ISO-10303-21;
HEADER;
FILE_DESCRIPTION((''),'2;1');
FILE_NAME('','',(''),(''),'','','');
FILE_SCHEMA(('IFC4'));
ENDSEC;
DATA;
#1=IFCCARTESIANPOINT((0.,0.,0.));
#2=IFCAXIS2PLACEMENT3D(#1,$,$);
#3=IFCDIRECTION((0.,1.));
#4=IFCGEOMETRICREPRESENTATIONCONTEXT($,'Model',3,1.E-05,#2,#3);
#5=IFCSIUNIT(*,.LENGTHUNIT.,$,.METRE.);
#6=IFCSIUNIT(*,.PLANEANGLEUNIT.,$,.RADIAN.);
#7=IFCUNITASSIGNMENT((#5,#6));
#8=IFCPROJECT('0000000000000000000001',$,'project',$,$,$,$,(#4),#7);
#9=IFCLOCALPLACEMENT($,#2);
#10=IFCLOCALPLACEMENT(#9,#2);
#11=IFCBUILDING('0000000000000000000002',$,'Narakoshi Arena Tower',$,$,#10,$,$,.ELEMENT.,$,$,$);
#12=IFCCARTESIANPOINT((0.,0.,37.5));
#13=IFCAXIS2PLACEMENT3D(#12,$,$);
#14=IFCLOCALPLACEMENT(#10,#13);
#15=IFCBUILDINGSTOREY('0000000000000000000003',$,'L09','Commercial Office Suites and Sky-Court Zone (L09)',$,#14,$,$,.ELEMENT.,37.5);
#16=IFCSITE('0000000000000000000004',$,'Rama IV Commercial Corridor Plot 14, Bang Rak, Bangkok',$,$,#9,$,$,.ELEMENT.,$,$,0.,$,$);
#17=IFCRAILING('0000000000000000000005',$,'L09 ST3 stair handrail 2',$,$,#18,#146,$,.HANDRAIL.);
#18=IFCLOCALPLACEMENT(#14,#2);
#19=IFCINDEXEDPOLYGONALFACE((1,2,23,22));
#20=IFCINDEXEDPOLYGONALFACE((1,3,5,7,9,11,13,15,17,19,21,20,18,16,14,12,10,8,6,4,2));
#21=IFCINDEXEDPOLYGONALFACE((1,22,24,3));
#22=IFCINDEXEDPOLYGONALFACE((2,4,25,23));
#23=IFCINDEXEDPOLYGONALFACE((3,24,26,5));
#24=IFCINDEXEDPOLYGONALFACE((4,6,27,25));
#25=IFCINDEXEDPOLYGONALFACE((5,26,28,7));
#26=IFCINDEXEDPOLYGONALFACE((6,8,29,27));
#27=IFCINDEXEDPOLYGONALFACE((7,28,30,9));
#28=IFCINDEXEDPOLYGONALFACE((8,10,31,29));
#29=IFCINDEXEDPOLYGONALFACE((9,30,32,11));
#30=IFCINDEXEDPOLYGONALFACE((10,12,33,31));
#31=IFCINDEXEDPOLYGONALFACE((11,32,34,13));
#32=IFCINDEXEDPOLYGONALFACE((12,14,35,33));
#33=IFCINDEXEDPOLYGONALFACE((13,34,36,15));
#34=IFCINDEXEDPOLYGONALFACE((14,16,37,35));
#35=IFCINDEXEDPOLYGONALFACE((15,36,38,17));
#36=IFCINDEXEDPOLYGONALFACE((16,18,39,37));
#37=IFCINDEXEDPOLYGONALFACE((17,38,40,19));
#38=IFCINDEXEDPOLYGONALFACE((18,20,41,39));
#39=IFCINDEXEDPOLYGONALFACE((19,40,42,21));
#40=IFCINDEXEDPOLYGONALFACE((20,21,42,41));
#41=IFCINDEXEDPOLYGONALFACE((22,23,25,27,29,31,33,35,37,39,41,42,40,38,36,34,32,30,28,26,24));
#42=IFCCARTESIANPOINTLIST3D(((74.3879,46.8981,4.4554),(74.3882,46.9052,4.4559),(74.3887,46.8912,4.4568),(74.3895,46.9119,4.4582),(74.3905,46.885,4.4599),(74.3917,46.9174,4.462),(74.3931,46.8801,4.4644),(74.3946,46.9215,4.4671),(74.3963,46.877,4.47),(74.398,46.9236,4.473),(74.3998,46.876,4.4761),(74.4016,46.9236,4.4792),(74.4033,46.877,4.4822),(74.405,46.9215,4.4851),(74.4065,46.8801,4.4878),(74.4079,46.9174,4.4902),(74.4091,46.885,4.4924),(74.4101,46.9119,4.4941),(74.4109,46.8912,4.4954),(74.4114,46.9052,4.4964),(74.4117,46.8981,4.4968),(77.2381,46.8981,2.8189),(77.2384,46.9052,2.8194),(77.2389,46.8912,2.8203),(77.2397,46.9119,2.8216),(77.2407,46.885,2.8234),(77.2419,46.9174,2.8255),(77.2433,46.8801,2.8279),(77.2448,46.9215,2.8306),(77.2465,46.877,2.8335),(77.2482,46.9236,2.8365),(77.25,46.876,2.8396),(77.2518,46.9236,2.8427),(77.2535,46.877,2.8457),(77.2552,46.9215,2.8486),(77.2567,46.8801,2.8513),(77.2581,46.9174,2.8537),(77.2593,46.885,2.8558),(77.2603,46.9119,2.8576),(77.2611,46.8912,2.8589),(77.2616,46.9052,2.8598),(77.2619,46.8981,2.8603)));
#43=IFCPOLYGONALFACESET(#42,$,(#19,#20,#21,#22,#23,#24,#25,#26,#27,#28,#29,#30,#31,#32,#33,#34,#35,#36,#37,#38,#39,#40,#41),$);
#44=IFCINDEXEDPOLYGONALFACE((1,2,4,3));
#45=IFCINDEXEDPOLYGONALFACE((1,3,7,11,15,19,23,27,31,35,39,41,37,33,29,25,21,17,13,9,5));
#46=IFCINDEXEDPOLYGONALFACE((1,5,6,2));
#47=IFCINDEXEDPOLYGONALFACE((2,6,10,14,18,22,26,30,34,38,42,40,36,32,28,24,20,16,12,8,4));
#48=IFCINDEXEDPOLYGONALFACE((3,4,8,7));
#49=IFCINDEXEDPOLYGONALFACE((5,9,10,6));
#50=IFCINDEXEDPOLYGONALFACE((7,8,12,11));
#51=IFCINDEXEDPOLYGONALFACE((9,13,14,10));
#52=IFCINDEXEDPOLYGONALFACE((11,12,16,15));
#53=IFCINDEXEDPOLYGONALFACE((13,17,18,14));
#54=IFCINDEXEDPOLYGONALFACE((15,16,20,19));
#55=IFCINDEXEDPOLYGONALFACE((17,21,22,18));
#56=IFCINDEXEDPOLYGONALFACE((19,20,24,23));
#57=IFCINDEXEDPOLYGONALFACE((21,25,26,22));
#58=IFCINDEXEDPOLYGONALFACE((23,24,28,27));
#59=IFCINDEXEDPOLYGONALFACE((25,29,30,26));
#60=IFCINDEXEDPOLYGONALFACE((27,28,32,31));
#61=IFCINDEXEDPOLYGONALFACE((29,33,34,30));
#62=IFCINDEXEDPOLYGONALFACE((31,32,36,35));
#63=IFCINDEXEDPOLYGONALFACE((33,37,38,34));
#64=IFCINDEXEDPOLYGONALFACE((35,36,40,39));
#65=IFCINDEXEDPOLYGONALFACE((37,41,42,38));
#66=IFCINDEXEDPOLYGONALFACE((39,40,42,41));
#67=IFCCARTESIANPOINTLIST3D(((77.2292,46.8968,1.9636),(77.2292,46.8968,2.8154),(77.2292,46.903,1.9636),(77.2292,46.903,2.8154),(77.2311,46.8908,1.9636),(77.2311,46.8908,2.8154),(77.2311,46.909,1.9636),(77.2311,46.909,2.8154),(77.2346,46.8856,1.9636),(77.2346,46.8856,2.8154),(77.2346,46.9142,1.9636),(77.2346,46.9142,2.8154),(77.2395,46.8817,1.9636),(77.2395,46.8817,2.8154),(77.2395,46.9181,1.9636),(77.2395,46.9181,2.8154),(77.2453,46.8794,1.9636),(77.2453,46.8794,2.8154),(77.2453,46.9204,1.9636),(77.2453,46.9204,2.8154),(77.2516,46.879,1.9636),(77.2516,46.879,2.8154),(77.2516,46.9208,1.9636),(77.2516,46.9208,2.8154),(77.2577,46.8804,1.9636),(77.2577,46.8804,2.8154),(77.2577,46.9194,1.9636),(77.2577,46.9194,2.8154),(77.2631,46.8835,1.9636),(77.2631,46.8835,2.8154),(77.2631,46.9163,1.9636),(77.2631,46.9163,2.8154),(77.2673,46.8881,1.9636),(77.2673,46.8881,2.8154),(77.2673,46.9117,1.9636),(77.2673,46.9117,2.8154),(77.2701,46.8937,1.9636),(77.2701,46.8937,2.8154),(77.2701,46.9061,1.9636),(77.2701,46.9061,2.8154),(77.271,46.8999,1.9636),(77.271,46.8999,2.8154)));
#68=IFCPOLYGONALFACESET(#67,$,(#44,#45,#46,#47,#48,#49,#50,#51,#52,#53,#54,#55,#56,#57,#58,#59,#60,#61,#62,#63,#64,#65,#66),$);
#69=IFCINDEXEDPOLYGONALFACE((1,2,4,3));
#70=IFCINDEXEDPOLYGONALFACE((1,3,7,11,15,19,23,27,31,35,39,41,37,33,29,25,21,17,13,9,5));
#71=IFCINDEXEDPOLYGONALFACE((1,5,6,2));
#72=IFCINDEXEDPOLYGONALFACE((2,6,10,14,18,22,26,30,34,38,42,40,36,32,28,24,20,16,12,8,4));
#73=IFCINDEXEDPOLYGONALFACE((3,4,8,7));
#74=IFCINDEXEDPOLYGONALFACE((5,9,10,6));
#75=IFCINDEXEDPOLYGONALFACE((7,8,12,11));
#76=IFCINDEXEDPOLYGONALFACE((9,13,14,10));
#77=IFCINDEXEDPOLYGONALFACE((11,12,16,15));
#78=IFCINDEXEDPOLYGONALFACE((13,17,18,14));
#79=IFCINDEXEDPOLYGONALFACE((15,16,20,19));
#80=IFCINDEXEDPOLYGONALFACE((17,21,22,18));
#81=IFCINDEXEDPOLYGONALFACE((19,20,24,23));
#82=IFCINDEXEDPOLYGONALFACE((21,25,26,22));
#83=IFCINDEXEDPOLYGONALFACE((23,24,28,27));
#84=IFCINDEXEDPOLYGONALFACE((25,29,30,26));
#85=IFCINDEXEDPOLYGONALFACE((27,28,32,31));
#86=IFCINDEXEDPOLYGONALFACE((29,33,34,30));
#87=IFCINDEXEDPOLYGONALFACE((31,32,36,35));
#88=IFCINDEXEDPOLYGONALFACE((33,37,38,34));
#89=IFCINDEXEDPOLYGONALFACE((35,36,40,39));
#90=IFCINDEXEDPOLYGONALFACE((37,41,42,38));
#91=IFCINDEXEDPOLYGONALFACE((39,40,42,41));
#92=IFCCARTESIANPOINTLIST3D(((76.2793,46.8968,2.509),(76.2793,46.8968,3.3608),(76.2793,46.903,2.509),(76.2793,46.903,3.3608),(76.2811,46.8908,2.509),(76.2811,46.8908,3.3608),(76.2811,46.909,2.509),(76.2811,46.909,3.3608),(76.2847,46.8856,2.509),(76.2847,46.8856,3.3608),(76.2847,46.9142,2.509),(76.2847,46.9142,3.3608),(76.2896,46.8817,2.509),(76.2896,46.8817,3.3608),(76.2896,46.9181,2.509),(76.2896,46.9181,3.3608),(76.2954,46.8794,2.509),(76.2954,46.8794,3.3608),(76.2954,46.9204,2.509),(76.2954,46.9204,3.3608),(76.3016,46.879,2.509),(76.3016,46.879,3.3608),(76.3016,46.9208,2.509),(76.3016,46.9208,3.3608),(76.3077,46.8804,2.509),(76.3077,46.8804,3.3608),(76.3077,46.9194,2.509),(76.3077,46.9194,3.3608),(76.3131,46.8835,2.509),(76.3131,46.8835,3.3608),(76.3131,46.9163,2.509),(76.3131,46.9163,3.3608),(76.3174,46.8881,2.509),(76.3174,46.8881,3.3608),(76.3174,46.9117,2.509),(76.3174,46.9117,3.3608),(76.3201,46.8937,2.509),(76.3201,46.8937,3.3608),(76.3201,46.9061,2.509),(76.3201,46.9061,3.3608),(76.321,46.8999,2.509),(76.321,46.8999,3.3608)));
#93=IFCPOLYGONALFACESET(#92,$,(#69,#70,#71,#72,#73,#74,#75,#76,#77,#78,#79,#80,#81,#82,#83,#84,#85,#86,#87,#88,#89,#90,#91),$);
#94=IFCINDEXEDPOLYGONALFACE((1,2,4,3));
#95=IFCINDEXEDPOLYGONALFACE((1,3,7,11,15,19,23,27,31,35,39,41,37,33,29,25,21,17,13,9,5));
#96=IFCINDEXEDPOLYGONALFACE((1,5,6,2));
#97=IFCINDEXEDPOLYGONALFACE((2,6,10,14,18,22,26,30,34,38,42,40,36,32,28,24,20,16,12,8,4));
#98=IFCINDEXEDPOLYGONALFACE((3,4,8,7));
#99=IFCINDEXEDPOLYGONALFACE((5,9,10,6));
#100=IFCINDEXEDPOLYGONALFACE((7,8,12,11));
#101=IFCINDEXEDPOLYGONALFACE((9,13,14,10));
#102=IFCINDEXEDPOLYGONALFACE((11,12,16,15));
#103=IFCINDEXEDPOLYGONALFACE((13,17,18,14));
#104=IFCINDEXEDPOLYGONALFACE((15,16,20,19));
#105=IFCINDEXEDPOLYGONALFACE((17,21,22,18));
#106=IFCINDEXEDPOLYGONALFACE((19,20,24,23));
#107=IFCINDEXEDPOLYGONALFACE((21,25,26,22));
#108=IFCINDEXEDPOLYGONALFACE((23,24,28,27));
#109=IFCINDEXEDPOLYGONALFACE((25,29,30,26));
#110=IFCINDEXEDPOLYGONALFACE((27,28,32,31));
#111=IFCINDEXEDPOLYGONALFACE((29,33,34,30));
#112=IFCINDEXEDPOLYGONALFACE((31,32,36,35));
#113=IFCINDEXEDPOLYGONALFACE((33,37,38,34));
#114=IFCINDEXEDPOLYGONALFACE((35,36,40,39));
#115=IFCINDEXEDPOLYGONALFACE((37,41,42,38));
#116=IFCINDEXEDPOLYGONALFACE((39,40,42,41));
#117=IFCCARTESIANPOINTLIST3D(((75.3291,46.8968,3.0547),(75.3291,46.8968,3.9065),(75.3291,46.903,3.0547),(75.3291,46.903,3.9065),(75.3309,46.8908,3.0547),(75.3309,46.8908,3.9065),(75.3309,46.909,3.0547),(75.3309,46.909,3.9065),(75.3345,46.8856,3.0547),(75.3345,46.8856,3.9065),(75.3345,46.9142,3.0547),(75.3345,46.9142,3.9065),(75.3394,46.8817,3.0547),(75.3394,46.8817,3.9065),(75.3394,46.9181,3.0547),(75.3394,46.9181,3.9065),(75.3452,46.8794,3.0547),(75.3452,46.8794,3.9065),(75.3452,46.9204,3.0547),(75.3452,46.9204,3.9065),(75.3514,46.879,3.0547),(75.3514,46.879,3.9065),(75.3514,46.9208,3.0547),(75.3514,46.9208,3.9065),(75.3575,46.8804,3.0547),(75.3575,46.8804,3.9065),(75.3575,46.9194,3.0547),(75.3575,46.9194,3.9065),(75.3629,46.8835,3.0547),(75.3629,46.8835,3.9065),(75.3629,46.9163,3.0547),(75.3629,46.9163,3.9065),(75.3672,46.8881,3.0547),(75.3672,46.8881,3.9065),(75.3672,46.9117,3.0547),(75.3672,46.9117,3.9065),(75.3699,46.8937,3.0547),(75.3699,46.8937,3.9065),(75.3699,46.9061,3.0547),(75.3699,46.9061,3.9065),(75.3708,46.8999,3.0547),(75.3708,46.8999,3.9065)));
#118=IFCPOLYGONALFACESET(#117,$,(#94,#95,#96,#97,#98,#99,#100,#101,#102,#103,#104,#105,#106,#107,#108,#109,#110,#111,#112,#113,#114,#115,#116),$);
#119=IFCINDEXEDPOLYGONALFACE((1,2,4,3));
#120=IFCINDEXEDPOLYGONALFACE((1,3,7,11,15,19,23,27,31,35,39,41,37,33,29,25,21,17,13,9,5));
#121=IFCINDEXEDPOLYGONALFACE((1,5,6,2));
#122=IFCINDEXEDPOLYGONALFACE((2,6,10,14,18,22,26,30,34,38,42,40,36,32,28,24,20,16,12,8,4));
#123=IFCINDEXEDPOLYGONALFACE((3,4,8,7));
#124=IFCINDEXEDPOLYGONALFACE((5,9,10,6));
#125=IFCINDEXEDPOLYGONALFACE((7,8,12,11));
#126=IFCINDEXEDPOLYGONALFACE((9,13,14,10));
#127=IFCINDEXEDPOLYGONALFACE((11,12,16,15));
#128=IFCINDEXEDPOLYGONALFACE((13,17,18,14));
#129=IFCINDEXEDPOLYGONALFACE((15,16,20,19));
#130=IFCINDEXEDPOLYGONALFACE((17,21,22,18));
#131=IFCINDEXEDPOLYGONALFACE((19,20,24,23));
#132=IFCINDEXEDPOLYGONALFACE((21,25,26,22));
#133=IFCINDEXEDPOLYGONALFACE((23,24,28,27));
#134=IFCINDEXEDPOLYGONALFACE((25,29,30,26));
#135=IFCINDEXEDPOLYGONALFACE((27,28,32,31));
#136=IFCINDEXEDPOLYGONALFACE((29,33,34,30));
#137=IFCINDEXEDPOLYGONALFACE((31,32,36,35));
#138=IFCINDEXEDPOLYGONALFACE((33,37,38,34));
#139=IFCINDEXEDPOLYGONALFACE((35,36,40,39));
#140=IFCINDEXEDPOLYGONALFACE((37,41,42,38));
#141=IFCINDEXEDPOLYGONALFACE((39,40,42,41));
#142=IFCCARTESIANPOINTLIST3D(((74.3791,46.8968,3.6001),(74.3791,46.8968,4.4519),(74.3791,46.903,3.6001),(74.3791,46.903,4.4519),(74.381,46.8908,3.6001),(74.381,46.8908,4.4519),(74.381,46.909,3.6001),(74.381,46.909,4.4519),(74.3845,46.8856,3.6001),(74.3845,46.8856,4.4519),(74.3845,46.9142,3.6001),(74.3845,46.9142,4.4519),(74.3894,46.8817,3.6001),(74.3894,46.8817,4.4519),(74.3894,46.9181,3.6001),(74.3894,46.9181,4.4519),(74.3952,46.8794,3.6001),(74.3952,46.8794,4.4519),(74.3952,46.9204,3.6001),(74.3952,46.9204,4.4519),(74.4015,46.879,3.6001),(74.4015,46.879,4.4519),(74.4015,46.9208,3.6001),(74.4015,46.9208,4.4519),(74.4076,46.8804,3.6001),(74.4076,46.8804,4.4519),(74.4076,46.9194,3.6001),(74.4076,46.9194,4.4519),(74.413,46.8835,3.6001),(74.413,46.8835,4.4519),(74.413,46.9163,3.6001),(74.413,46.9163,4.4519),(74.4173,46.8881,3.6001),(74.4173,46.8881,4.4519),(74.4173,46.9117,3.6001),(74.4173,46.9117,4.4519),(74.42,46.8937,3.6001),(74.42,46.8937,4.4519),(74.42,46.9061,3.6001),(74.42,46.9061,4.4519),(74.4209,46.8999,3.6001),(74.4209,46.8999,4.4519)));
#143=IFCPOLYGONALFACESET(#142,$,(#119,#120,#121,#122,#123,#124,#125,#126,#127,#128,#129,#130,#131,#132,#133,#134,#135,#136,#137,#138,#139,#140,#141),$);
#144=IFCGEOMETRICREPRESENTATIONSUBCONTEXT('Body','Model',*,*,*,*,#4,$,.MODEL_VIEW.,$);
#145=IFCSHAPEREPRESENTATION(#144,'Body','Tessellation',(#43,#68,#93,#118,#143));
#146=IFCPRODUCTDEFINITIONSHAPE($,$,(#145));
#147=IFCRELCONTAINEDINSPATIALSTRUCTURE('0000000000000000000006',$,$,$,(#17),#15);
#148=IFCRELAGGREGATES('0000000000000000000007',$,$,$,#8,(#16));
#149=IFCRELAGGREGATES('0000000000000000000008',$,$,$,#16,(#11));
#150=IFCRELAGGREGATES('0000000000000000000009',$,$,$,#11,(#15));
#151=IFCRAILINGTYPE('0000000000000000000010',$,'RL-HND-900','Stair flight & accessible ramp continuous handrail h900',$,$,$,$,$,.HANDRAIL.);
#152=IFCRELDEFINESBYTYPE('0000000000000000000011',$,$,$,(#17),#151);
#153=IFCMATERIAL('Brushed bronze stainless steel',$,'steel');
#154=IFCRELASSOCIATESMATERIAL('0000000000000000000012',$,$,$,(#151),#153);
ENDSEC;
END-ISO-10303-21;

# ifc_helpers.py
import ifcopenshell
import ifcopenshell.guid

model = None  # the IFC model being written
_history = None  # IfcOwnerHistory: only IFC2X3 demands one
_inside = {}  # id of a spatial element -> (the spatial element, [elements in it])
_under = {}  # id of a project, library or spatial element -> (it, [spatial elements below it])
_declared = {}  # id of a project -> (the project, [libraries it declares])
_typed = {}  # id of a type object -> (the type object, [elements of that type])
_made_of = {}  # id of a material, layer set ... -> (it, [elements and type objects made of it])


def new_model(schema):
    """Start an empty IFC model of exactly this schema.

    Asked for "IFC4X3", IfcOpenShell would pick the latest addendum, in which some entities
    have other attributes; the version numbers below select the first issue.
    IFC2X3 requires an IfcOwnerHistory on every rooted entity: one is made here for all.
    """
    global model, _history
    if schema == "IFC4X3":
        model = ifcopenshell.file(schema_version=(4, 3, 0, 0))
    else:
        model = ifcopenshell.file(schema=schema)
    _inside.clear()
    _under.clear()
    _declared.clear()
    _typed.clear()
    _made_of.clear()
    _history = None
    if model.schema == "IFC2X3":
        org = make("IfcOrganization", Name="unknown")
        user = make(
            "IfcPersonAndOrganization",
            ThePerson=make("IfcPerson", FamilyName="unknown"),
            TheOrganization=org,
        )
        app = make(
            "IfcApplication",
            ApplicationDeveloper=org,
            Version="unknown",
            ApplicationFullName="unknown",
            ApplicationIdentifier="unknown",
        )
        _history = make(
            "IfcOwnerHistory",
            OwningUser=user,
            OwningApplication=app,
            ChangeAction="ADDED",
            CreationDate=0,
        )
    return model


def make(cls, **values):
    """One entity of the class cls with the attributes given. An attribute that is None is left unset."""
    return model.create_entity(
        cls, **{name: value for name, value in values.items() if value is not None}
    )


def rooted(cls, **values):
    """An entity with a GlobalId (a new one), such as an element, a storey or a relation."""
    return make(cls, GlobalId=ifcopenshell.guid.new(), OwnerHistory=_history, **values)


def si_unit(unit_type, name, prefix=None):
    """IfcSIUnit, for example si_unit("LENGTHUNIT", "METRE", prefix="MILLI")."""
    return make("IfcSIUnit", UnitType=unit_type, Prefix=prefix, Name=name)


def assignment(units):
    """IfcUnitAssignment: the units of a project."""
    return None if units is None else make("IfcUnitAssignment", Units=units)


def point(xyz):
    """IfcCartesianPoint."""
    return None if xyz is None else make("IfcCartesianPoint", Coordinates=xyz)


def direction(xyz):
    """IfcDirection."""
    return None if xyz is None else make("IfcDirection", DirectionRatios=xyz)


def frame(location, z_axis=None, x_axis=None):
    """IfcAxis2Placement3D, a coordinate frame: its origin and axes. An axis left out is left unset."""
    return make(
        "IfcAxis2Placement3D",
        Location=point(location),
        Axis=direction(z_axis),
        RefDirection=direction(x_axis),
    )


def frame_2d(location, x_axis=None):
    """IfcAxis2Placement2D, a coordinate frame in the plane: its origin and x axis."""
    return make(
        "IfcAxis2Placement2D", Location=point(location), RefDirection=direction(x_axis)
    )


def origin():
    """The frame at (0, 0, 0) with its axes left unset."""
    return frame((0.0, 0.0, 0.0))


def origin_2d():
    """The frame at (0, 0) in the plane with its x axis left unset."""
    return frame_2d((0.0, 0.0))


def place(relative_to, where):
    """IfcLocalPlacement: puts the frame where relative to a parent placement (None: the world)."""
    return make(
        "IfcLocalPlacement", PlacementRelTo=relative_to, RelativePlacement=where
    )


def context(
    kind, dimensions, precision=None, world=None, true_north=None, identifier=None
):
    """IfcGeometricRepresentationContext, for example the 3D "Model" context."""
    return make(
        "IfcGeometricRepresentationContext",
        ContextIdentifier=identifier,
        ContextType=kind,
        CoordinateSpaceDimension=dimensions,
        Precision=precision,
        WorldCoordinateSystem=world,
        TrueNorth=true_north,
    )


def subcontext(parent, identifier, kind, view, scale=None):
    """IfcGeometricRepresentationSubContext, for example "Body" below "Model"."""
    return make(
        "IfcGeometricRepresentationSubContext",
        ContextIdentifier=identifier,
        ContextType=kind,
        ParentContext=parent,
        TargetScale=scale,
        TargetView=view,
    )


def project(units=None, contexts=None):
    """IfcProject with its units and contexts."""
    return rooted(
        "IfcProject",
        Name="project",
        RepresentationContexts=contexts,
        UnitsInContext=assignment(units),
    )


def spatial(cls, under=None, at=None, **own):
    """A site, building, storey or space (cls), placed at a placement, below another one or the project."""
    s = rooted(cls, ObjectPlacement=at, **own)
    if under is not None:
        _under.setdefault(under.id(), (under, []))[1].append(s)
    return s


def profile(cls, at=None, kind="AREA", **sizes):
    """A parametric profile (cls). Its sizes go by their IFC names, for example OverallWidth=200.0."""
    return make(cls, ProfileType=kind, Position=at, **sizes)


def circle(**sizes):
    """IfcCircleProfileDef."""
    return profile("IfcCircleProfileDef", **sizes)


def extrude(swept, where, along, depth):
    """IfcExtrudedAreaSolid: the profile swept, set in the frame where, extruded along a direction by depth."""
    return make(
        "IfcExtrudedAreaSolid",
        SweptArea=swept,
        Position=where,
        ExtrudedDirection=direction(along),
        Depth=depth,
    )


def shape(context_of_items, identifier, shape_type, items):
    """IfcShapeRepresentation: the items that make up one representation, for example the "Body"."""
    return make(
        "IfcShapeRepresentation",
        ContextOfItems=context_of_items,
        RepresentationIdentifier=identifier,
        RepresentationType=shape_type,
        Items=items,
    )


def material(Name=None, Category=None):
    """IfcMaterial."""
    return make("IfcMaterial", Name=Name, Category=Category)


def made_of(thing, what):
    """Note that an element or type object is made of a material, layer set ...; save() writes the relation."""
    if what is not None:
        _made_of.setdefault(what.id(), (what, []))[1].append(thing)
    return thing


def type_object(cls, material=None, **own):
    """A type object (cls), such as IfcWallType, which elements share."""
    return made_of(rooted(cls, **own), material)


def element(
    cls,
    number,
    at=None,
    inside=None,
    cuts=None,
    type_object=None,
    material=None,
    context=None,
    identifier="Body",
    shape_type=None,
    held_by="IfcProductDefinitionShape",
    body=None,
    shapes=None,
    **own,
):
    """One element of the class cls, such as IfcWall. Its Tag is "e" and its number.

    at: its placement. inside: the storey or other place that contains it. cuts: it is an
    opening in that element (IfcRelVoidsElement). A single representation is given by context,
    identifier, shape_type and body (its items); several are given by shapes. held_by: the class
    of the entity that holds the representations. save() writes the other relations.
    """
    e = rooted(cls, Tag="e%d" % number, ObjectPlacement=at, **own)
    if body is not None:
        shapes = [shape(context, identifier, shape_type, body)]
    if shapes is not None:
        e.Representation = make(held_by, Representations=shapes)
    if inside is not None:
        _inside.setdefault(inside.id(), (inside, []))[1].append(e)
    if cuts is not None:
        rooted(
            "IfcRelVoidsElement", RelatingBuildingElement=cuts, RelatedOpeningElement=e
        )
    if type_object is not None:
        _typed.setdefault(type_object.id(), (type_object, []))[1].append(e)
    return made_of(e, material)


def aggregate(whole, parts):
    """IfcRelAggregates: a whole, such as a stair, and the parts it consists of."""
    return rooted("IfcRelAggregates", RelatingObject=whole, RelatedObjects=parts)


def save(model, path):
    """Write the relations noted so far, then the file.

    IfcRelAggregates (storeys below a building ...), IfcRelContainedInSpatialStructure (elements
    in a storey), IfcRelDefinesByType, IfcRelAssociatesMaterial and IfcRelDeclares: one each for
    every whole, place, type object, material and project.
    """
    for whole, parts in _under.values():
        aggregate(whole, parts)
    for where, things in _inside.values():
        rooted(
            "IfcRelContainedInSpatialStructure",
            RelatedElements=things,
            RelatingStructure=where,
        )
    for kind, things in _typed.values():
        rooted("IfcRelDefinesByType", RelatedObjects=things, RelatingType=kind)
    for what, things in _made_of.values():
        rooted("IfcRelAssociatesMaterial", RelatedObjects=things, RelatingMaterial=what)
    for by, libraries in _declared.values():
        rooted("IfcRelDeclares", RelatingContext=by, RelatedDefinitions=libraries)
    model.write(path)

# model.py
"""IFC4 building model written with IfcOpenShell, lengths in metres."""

from ifc_helpers import new_model, si_unit, direction, frame, origin, origin_2d, place, context, subcontext, project, spatial, circle, extrude, material, type_object, element, save


model = new_model("IFC4")

# Units and contexts
model_context = context("Model", 3, precision=1e-05, world=origin(), true_north=direction((0.0, 1.0)))
body_context = subcontext(model_context, "Body", "Model", "MODEL_VIEW")
ifc_project = project(units=[si_unit("LENGTHUNIT", "METRE"), si_unit("PLANEANGLEUNIT", "RADIAN")], contexts=[model_context])

# Site, building, storey
site_placement = place(None, origin())
site = spatial("IfcSite", under=ifc_project, at=site_placement, Name="Rama IV Commercial Corridor Plot 14, Bang Rak, Bangkok", CompositionType="ELEMENT", RefElevation=0.0)
building_placement = place(site_placement, origin())
building = spatial("IfcBuilding", under=site, at=building_placement, Name="Narakoshi Arena Tower", CompositionType="ELEMENT")
storey_placement = place(building_placement, frame((0.0, 0.0, 37.5)))
storey = spatial("IfcBuildingStorey", under=building, at=storey_placement, Name="L09", Description="Commercial Office Suites and Sky-Court Zone (L09)", CompositionType="ELEMENT", Elevation=37.5)

# Shared definitions
ifc_material_1 = material(Name="Brushed bronze stainless steel", Category="steel")

# Railing
railing_type_1 = type_object("IfcRailingType", Name="RL-HND-900", Description="Stair flight & accessible ramp continuous handrail h900", PredefinedType="HANDRAIL", material=ifc_material_1)
railing_1_placement = place(storey_placement, frame((77.25, 46.8999, 1.9636)))
element("IfcRailing", 1, at=railing_1_placement, inside=storey, type_object=railing_type_1, Name="L09 ST3 stair handrail 2", PredefinedType="HANDRAIL", context=body_context, shape_type="SweptSolid", body=[
    extrude(circle(Radius=0.0239, at=origin_2d()), frame((0.0, 0.0, 0.876), z_axis=(-0.867213, 0.0, 0.497938), x_axis=(0.0, -1.0, 0.0)), (0.0, 0.0, 1.0), 3.2866),
    extrude(circle(Radius=0.021, at=origin_2d()), origin(), (0.0, 0.0, 1.0), 0.8518),
    extrude(circle(Radius=0.021, at=origin_2d()), frame((-0.95, 0.0, 0.5454)), (0.0, 0.0, 1.0), 0.8518),
    extrude(circle(Radius=0.021, at=origin_2d()), frame((-1.9001, 0.0, 1.0911)), (0.0, 0.0, 1.0), 0.8518),
    extrude(circle(Radius=0.021, at=origin_2d()), frame((-2.8501, 0.0, 1.6365)), (0.0, 0.0, 1.0), 0.8518),
])

save(model, "model.ifc")
